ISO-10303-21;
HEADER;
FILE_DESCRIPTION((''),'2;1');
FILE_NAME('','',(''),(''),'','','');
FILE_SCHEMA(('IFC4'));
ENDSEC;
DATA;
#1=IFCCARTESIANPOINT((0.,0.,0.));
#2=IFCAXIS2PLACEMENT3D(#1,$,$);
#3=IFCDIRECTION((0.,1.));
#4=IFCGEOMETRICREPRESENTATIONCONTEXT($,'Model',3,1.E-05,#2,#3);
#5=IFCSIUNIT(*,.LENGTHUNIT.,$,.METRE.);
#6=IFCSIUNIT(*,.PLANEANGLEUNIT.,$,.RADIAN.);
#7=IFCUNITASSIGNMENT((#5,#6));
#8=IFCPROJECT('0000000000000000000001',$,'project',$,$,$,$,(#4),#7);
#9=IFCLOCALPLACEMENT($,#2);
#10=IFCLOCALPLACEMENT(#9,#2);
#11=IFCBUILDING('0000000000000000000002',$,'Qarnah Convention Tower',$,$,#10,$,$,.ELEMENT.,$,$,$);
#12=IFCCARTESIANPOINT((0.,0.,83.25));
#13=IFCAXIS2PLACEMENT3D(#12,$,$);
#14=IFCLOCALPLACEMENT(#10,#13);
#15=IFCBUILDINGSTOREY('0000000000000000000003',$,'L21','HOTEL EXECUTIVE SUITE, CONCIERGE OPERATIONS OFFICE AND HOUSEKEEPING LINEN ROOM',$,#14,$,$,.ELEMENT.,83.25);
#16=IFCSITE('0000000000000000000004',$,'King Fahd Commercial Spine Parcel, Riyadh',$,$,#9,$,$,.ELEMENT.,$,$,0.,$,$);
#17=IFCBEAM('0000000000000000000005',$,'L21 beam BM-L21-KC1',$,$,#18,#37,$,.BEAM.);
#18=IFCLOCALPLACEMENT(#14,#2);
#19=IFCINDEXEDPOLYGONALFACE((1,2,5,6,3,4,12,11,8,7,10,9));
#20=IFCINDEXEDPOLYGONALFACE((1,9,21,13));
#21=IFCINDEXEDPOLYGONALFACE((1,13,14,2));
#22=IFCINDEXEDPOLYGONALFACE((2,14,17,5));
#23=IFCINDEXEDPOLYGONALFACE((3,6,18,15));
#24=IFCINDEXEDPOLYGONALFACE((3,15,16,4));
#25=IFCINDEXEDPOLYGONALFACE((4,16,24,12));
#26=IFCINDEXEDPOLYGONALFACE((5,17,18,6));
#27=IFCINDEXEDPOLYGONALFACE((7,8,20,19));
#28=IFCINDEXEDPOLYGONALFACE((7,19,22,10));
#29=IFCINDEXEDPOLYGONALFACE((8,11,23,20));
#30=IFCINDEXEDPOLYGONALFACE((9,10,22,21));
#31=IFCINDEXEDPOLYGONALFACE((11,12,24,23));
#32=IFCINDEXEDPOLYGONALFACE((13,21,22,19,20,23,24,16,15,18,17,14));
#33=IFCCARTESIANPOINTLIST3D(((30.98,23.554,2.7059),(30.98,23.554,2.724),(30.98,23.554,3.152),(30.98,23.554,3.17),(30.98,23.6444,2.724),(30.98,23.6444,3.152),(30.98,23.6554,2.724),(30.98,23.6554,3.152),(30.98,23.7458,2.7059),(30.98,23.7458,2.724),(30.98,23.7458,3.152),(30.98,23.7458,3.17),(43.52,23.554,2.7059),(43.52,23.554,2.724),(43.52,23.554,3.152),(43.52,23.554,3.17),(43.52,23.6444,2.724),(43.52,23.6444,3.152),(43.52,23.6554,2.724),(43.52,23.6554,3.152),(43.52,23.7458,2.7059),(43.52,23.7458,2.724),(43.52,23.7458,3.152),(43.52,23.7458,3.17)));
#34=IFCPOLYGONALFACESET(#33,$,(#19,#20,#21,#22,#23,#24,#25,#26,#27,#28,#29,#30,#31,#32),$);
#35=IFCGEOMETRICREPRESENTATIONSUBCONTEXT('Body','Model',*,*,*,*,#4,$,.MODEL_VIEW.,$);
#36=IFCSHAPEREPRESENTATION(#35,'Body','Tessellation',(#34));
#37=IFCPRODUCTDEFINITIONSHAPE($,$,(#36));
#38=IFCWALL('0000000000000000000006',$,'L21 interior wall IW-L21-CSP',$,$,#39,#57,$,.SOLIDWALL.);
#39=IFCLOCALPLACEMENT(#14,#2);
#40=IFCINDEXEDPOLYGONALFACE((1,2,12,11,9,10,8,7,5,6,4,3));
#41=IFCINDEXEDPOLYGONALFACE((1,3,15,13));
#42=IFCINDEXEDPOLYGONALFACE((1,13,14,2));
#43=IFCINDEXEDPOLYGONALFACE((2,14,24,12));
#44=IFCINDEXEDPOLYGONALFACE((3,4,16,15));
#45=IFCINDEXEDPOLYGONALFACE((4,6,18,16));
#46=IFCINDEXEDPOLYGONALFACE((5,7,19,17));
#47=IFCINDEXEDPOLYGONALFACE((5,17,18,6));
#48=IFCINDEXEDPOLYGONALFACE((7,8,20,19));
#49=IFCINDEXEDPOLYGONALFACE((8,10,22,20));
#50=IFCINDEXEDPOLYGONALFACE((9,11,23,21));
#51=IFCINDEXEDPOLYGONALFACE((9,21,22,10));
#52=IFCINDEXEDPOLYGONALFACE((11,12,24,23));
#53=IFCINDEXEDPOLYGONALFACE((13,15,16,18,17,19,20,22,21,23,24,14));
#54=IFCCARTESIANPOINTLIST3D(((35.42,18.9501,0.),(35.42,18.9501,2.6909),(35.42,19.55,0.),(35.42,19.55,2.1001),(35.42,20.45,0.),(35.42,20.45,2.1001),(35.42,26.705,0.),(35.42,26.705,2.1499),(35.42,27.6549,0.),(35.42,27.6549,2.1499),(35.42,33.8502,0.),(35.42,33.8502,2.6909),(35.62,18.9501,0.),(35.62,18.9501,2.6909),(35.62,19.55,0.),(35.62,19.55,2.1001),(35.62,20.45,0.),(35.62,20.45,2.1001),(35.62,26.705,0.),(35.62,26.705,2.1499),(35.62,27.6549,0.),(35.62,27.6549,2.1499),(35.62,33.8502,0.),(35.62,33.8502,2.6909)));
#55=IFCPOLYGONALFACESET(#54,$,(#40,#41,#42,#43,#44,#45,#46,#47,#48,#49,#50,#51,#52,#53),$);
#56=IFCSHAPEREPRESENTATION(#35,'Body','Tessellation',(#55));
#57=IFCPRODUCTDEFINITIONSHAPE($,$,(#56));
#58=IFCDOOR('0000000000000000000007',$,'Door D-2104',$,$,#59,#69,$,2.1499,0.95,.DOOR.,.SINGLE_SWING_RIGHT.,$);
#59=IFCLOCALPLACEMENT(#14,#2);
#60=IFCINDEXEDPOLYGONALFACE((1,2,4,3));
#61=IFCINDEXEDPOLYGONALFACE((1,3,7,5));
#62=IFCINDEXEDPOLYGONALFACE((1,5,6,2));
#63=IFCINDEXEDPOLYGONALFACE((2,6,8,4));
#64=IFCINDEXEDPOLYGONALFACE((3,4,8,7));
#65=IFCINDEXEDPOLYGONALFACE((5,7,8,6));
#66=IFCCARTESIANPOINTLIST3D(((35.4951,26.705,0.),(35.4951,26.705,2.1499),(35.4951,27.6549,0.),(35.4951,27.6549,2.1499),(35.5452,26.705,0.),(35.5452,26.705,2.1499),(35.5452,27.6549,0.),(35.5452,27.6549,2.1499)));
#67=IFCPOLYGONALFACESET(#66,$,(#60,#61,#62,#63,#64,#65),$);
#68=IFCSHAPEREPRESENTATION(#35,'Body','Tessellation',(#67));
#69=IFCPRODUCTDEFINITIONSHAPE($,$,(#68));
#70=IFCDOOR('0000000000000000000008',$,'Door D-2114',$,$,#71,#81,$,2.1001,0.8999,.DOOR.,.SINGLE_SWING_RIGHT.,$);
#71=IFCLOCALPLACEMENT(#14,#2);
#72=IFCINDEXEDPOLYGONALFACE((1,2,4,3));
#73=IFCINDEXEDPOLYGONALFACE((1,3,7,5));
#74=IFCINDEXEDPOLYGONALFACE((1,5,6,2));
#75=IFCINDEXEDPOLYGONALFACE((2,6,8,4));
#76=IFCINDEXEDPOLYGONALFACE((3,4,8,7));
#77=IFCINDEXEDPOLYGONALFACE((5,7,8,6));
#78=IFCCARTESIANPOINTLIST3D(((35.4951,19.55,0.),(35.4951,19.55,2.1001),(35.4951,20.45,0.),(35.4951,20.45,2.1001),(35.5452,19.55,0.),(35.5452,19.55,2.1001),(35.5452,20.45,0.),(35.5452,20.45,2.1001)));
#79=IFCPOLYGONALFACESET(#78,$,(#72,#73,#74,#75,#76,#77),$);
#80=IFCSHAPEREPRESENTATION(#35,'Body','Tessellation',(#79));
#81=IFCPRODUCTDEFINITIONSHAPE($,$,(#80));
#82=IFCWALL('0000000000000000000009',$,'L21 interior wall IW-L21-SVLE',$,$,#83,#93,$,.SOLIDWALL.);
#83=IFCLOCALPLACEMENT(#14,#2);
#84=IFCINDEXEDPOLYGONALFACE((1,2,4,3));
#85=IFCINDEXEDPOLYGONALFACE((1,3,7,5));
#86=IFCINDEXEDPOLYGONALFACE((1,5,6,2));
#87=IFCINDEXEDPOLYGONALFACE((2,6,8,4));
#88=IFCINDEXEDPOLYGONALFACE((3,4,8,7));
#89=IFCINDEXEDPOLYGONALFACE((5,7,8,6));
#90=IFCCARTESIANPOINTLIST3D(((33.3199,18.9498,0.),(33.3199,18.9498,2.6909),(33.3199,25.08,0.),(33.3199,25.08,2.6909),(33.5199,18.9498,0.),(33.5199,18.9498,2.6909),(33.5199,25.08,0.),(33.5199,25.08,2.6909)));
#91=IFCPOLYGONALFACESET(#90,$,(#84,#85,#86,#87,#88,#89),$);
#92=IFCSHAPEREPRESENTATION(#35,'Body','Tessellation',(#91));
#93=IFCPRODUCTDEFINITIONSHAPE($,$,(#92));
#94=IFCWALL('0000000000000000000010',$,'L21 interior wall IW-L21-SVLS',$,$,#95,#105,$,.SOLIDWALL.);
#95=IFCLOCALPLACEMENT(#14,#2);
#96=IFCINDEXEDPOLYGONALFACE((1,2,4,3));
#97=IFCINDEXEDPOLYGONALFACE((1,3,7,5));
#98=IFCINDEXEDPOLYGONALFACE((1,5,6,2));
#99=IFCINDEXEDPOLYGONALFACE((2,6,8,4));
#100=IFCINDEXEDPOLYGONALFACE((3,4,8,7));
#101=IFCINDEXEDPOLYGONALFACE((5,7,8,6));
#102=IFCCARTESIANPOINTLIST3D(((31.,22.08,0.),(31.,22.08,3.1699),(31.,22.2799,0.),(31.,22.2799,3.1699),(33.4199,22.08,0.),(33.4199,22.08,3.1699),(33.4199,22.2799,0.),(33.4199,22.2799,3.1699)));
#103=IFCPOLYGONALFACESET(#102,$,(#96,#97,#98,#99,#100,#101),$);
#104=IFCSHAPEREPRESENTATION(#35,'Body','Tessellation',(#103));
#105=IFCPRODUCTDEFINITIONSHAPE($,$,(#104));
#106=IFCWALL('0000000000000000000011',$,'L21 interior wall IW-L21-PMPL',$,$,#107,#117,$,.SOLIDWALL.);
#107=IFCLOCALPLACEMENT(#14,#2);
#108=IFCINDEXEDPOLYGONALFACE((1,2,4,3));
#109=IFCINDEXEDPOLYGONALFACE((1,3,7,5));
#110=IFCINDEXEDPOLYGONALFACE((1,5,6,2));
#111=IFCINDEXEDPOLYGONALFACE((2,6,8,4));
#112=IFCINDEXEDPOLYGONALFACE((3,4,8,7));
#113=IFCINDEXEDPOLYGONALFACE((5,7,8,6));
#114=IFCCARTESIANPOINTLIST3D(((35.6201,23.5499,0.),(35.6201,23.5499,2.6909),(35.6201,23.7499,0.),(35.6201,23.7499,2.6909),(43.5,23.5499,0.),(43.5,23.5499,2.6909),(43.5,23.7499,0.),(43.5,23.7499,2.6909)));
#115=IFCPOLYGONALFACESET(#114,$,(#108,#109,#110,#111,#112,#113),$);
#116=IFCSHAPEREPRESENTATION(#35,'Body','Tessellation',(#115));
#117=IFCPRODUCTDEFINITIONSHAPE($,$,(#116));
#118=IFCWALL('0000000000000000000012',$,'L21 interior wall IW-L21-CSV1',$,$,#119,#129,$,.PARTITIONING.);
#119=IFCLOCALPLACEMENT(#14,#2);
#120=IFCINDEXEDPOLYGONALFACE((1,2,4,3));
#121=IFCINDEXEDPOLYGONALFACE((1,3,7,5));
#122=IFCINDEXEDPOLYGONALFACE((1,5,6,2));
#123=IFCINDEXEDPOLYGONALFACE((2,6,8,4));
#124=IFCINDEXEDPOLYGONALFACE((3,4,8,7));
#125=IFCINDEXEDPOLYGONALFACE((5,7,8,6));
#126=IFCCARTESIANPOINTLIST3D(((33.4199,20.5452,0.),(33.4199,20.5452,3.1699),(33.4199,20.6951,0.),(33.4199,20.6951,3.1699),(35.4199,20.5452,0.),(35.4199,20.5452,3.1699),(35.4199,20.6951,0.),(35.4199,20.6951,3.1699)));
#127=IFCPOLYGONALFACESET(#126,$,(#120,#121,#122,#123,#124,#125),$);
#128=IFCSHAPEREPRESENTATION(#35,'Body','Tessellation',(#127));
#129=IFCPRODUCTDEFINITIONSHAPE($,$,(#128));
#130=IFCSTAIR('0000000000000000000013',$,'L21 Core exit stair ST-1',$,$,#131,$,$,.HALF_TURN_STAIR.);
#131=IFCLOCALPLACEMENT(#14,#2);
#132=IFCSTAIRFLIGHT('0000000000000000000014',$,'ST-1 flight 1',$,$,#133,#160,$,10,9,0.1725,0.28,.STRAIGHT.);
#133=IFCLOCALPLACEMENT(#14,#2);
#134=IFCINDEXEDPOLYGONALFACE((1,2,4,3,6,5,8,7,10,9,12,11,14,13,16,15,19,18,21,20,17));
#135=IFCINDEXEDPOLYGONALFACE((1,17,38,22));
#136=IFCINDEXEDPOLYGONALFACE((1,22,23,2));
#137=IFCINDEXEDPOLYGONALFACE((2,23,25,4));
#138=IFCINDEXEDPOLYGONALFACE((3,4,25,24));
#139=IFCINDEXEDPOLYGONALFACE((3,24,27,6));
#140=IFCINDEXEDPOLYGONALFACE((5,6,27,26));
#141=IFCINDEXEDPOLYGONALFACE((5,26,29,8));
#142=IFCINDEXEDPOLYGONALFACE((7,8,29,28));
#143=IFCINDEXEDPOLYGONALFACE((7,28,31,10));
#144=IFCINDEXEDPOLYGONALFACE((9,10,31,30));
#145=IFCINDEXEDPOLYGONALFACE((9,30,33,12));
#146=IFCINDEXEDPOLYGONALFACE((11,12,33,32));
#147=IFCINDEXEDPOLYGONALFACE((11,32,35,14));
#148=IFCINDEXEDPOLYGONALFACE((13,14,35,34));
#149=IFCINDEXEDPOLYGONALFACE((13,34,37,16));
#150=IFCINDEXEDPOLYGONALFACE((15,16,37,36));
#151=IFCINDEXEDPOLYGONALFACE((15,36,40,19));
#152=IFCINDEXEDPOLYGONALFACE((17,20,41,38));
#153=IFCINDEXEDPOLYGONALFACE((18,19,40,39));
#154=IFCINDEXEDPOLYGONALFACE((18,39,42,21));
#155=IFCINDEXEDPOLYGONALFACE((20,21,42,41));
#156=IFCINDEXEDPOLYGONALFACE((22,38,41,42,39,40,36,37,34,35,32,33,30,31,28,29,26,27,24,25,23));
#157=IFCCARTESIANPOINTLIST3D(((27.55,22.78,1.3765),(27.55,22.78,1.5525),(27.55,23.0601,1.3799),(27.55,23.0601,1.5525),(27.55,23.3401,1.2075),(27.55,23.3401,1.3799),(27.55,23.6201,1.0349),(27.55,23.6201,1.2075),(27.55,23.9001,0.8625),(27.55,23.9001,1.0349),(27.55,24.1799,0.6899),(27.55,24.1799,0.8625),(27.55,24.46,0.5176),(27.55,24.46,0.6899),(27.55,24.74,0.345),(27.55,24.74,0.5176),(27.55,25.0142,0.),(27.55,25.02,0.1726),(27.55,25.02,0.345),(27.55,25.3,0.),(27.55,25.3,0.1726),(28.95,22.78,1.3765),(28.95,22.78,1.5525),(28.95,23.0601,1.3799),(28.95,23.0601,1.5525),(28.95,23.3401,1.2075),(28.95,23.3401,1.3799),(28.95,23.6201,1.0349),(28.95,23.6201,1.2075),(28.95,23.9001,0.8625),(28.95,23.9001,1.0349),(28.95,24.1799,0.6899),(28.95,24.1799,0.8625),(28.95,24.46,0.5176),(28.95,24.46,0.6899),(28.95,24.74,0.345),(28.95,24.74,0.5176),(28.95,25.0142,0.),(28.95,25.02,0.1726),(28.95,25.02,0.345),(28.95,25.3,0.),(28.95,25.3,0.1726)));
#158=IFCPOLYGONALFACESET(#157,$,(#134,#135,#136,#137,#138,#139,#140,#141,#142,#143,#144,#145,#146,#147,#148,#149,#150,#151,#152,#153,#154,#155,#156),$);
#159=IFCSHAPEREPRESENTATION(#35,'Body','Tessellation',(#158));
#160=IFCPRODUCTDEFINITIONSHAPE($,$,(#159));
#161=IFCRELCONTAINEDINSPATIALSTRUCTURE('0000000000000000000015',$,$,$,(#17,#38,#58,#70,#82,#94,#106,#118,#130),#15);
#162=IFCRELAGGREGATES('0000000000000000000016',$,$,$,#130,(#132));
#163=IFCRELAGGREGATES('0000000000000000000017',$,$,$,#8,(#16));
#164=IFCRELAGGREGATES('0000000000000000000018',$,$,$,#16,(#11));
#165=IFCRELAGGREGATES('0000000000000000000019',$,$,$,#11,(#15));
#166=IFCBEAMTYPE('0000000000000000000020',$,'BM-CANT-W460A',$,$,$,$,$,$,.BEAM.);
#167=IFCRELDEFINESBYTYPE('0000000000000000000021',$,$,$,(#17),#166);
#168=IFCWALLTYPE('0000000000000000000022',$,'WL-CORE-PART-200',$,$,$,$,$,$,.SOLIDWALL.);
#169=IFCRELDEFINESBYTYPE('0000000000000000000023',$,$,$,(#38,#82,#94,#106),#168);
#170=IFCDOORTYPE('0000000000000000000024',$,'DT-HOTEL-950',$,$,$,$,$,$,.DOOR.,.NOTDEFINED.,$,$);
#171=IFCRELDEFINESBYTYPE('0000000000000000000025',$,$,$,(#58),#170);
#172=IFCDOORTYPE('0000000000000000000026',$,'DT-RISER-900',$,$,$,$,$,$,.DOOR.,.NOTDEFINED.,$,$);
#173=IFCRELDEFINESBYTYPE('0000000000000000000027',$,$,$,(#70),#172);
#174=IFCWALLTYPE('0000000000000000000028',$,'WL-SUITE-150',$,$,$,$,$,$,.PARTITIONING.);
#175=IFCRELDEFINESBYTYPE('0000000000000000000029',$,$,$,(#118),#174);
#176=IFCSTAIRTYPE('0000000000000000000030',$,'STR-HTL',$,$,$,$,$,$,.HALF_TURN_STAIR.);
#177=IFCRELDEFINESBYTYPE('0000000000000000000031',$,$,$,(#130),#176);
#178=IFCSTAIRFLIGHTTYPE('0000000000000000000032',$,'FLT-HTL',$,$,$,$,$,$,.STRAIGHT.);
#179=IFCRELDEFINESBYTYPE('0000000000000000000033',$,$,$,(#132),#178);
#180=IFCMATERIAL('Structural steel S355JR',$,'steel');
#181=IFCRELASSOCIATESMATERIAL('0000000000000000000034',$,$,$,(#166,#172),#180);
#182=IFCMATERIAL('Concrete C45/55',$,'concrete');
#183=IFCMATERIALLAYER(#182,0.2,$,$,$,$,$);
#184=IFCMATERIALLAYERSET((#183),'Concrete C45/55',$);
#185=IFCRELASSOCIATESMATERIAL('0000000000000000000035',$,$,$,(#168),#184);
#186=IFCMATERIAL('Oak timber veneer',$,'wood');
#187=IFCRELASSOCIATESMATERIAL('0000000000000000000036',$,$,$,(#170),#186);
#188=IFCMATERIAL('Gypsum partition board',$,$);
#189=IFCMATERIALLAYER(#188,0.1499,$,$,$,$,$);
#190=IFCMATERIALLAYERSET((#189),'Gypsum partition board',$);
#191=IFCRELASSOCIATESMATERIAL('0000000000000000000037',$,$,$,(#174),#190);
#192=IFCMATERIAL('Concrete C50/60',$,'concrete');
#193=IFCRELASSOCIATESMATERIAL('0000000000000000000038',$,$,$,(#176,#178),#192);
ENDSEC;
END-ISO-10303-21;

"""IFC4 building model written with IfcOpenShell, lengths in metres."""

from ifc_helpers import new_model, si_unit, direction, frame, frame_2d, origin, origin_2d, place, context, subcontext, project, spatial, polyline, rectangle, i_section, outline, extrude, material, layer, layer_set, material_profile, profile_set, type_object, element, fill, aggregate, save


model = new_model("IFC4")

# Units and contexts
model_context = context("Model", 3, precision=1e-05, world=origin(), true_north=direction((0.0, 1.0)))
body_context = subcontext(model_context, "Body", "Model", "MODEL_VIEW")
ifc_project = project(units=[si_unit("LENGTHUNIT", "METRE"), si_unit("PLANEANGLEUNIT", "RADIAN")], contexts=[model_context])

# Site, building, storey
site_placement = place(None, origin())
site = spatial("IfcSite", under=ifc_project, at=site_placement, Name="King Fahd Commercial Spine Parcel, Riyadh", CompositionType="ELEMENT", RefElevation=0.0)
building_placement = place(site_placement, origin())
building = spatial("IfcBuilding", under=site, at=building_placement, Name="Qarnah Convention Tower", CompositionType="ELEMENT")
storey_placement = place(building_placement, frame((0.0, 0.0, 83.25)))
storey = spatial("IfcBuildingStorey", under=building, at=storey_placement, Name="L21", Description="HOTEL EXECUTIVE SUITE, CONCIERGE OPERATIONS OFFICE AND HOUSEKEEPING LINEN ROOM", CompositionType="ELEMENT", Elevation=83.25)

# Beam
ifc_material_1 = material(Name="Structural steel S355JR", Category="steel")
ifc_material_profile = material_profile(ifc_material_1, i_section(OverallWidth=0.1919, OverallDepth=0.4641, WebThickness=0.011, FlangeThickness=0.0181, at=origin_2d()), Name="W460X89")
ifc_profile_set = profile_set([ifc_material_profile], Name="Structural steel S355JR")
beam_type = type_object("IfcBeamType", Name="BM-CANT-W460A", PredefinedType="BEAM", material=ifc_profile_set)
beam_placement = place(storey_placement, frame((30.98, 23.6499, 2.938), z_axis=(1.0, 0.0, 0.0), x_axis=(0.0, 1.0, 0.0)))
element("IfcBeam", 1, at=beam_placement, inside=storey, type_object=beam_type, Name="L21 beam BM-L21-KC1", PredefinedType="BEAM", context=body_context, shape_type="SweptSolid", body=[
    extrude(i_section(OverallWidth=0.1919, OverallDepth=0.4641, WebThickness=0.011, FlangeThickness=0.0181, at=origin_2d()), origin(), (0.0, 0.0, 1.0), 12.54),
])

# Wall, openings, doors
door_type_1 = type_object("IfcDoorType", Name="DT-RISER-900", OperationType="NOTDEFINED", PredefinedType="DOOR", material=ifc_material_1)
ifc_material_2 = material(Name="Concrete C45/55", Category="concrete")
ifc_layer_1 = layer(ifc_material_2, 0.2)
ifc_layer_set_1 = layer_set([ifc_layer_1], Name="Concrete C45/55")
wall_type_1 = type_object("IfcWallType", Name="WL-CORE-PART-200", PredefinedType="SOLIDWALL", material=ifc_layer_set_1)
wall_1_placement = place(storey_placement, frame((35.52, 18.95, 0.0), z_axis=(0.0, 0.0, 1.0), x_axis=(0.0, 1.0, 0.0)))
wall_1 = element("IfcWall", 2, at=wall_1_placement, inside=storey, type_object=wall_type_1, Name="L21 interior wall IW-L21-CSP", PredefinedType="SOLIDWALL", context=body_context, shape_type="SweptSolid", body=[
    extrude(rectangle(XDim=14.9001, YDim=0.2, at=frame_2d((7.4502, 0.0))), origin(), (0.0, 0.0, 1.0), 2.6909),
])
opening_1_placement = place(wall_1_placement, frame((7.7549, 0.0, 0.0)))
opening_1 = element("IfcOpeningElement", 3, at=opening_1_placement, cuts=wall_1, PredefinedType="OPENING", context=body_context, shape_type="SweptSolid", body=[
    extrude(rectangle(XDim=0.95, YDim=2.1499, at=frame_2d((0.4751, 1.075))), frame((0.0, 0.1099, 0.0), z_axis=(0.0, -1.0, 0.0), x_axis=(1.0, 0.0, 0.0)), (0.0, 0.0, 1.0), 0.22),
])
opening_2_placement = place(wall_1_placement, frame((0.6001, 0.0, 0.0)))
opening_2 = element("IfcOpeningElement", 4, at=opening_2_placement, cuts=wall_1, PredefinedType="OPENING", context=body_context, shape_type="SweptSolid", body=[
    extrude(rectangle(XDim=0.8999, YDim=2.1001, at=frame_2d((0.45, 1.05))), frame((0.0, 0.1099, 0.0), z_axis=(0.0, -1.0, 0.0), x_axis=(1.0, 0.0, 0.0)), (0.0, 0.0, 1.0), 0.22),
])
ifc_material_3 = material(Name="Oak timber veneer", Category="wood")
door_type_2 = type_object("IfcDoorType", Name="DT-HOTEL-950", OperationType="NOTDEFINED", PredefinedType="DOOR", material=ifc_material_3)
door_1_placement = place(opening_1_placement, origin())
door_1 = element("IfcDoor", 5, at=door_1_placement, inside=storey, type_object=door_type_2, Name="Door D-2104", OperationType="SINGLE_SWING_RIGHT", OverallHeight=2.1499, OverallWidth=0.95, PredefinedType="DOOR", context=body_context, shape_type="SweptSolid", body=[
    extrude(rectangle(XDim=0.95, YDim=2.1499, at=frame_2d((0.4751, 1.075))), frame((0.0, 0.0249, 0.0), z_axis=(0.0, -1.0, 0.0), x_axis=(1.0, 0.0, 0.0)), (0.0, 0.0, 1.0), 0.05),
])
fill(opening_1, door_1)
door_2_placement = place(opening_2_placement, origin())
door_2 = element("IfcDoor", 6, at=door_2_placement, inside=storey, type_object=door_type_1, Name="Door D-2114", OperationType="SINGLE_SWING_RIGHT", OverallHeight=2.1001, OverallWidth=0.8999, PredefinedType="DOOR", context=body_context, shape_type="SweptSolid", body=[
    extrude(rectangle(XDim=0.8999, YDim=2.1001, at=frame_2d((0.45, 1.05))), frame((0.0, 0.0249, 0.0), z_axis=(0.0, -1.0, 0.0), x_axis=(1.0, 0.0, 0.0)), (0.0, 0.0, 1.0), 0.05),
])
fill(opening_2, door_2)

# Walls
wall_2_placement = place(storey_placement, frame((33.4199, 18.95, 0.0), z_axis=(0.0, 0.0, 1.0), x_axis=(0.0, 1.0, 0.0)))
element("IfcWall", 7, at=wall_2_placement, inside=storey, type_object=wall_type_1, Name="L21 interior wall IW-L21-SVLE", PredefinedType="SOLIDWALL", context=body_context, shape_type="SweptSolid", body=[
    extrude(rectangle(XDim=6.1301, YDim=0.2, at=frame_2d((3.0649, 0.0))), origin(), (0.0, 0.0, 1.0), 2.6909),
])
wall_3_placement = place(storey_placement, frame((31.0, 22.1799, 0.0), z_axis=(0.0, 0.0, 1.0), x_axis=(1.0, 0.0, 0.0)))
element("IfcWall", 8, at=wall_3_placement, inside=storey, type_object=wall_type_1, Name="L21 interior wall IW-L21-SVLS", PredefinedType="SOLIDWALL", context=body_context, shape_type="SweptSolid", body=[
    extrude(rectangle(XDim=2.4199, YDim=0.2, at=frame_2d((1.21, 0.0))), origin(), (0.0, 0.0, 1.0), 3.1699),
])
wall_4_placement = place(storey_placement, frame((35.6201, 23.6499, 0.0), z_axis=(0.0, 0.0, 1.0), x_axis=(1.0, 0.0, 0.0)))
element("IfcWall", 9, at=wall_4_placement, inside=storey, type_object=wall_type_1, Name="L21 interior wall IW-L21-PMPL", PredefinedType="SOLIDWALL", context=body_context, shape_type="SweptSolid", body=[
    extrude(rectangle(XDim=7.8799, YDim=0.2, at=frame_2d((3.9399, 0.0))), origin(), (0.0, 0.0, 1.0), 2.6909),
])

# Wall
ifc_material_4 = material(Name="Gypsum partition board")
ifc_layer_2 = layer(ifc_material_4, 0.1499)
ifc_layer_set_2 = layer_set([ifc_layer_2], Name="Gypsum partition board")
wall_type_2 = type_object("IfcWallType", Name="WL-SUITE-150", PredefinedType="PARTITIONING", material=ifc_layer_set_2)
wall_5_placement = place(storey_placement, frame((33.4199, 20.6201, 0.0), z_axis=(0.0, 0.0, 1.0), x_axis=(1.0, 0.0, 0.0)))
element("IfcWall", 10, at=wall_5_placement, inside=storey, type_object=wall_type_2, Name="L21 interior wall IW-L21-CSV1", PredefinedType="PARTITIONING", context=body_context, shape_type="SweptSolid", body=[
    extrude(rectangle(XDim=2.0, YDim=0.1499, at=frame_2d((1.0, 0.0))), origin(), (0.0, 0.0, 1.0), 3.1699),
])

# Stair, stair flight
ifc_material_5 = material(Name="Concrete C50/60", Category="concrete")
stair_type = type_object("IfcStairType", Name="STR-HTL", PredefinedType="HALF_TURN_STAIR", material=ifc_material_5)
stair_placement = place(storey_placement, origin())
stair = element("IfcStair", 11, at=stair_placement, inside=storey, type_object=stair_type, Name="L21 Core exit stair ST-1", PredefinedType="HALF_TURN_STAIR")
stair_flight_type = type_object("IfcStairFlightType", Name="FLT-HTL", PredefinedType="STRAIGHT", material=ifc_material_5)
stair_flight_1_placement = place(storey_placement, frame((28.25, 25.3, 0.0), z_axis=(0.0, 0.0, 1.0), x_axis=(0.0, -1.0, 0.0)))
stair_flight_1 = element("IfcStairFlight", 12, at=stair_flight_1_placement, type_object=stair_flight_type, Name="ST-1 flight 1", NumberOfRisers=10, NumberOfTreads=9, PredefinedType="STRAIGHT", RiserHeight=0.1725, TreadLength=0.28, context=body_context, shape_type="SweptSolid", body=[
    extrude(outline(polyline([(0.0, 0.0), (0.0, 0.1726), (0.28, 0.1726), (0.28, 0.345), (0.5601, 0.345), (0.5601, 0.5176), (0.8401, 0.5176), (0.8401, 0.6899), (1.1201, 0.6899), (1.1201, 0.8625), (1.3999, 0.8625), (1.3999, 1.0349), (1.6799, 1.0349), (1.6799, 1.2075), (1.96, 1.2075), (1.96, 1.3799), (2.24, 1.3799), (2.24, 1.5525), (2.52, 1.5525), (2.52, 1.7251), (2.52, 1.3765), (0.2859, 0.0), (0.0, 0.0)])), frame((0.0, 0.7, 0.0), z_axis=(0.0, -1.0, 0.0), x_axis=(1.0, 0.0, 0.0)), (0.0, 0.0, 1.0), 1.3999),
])
aggregate(stair, [stair_flight_1])

save(model, "model.ifc")
